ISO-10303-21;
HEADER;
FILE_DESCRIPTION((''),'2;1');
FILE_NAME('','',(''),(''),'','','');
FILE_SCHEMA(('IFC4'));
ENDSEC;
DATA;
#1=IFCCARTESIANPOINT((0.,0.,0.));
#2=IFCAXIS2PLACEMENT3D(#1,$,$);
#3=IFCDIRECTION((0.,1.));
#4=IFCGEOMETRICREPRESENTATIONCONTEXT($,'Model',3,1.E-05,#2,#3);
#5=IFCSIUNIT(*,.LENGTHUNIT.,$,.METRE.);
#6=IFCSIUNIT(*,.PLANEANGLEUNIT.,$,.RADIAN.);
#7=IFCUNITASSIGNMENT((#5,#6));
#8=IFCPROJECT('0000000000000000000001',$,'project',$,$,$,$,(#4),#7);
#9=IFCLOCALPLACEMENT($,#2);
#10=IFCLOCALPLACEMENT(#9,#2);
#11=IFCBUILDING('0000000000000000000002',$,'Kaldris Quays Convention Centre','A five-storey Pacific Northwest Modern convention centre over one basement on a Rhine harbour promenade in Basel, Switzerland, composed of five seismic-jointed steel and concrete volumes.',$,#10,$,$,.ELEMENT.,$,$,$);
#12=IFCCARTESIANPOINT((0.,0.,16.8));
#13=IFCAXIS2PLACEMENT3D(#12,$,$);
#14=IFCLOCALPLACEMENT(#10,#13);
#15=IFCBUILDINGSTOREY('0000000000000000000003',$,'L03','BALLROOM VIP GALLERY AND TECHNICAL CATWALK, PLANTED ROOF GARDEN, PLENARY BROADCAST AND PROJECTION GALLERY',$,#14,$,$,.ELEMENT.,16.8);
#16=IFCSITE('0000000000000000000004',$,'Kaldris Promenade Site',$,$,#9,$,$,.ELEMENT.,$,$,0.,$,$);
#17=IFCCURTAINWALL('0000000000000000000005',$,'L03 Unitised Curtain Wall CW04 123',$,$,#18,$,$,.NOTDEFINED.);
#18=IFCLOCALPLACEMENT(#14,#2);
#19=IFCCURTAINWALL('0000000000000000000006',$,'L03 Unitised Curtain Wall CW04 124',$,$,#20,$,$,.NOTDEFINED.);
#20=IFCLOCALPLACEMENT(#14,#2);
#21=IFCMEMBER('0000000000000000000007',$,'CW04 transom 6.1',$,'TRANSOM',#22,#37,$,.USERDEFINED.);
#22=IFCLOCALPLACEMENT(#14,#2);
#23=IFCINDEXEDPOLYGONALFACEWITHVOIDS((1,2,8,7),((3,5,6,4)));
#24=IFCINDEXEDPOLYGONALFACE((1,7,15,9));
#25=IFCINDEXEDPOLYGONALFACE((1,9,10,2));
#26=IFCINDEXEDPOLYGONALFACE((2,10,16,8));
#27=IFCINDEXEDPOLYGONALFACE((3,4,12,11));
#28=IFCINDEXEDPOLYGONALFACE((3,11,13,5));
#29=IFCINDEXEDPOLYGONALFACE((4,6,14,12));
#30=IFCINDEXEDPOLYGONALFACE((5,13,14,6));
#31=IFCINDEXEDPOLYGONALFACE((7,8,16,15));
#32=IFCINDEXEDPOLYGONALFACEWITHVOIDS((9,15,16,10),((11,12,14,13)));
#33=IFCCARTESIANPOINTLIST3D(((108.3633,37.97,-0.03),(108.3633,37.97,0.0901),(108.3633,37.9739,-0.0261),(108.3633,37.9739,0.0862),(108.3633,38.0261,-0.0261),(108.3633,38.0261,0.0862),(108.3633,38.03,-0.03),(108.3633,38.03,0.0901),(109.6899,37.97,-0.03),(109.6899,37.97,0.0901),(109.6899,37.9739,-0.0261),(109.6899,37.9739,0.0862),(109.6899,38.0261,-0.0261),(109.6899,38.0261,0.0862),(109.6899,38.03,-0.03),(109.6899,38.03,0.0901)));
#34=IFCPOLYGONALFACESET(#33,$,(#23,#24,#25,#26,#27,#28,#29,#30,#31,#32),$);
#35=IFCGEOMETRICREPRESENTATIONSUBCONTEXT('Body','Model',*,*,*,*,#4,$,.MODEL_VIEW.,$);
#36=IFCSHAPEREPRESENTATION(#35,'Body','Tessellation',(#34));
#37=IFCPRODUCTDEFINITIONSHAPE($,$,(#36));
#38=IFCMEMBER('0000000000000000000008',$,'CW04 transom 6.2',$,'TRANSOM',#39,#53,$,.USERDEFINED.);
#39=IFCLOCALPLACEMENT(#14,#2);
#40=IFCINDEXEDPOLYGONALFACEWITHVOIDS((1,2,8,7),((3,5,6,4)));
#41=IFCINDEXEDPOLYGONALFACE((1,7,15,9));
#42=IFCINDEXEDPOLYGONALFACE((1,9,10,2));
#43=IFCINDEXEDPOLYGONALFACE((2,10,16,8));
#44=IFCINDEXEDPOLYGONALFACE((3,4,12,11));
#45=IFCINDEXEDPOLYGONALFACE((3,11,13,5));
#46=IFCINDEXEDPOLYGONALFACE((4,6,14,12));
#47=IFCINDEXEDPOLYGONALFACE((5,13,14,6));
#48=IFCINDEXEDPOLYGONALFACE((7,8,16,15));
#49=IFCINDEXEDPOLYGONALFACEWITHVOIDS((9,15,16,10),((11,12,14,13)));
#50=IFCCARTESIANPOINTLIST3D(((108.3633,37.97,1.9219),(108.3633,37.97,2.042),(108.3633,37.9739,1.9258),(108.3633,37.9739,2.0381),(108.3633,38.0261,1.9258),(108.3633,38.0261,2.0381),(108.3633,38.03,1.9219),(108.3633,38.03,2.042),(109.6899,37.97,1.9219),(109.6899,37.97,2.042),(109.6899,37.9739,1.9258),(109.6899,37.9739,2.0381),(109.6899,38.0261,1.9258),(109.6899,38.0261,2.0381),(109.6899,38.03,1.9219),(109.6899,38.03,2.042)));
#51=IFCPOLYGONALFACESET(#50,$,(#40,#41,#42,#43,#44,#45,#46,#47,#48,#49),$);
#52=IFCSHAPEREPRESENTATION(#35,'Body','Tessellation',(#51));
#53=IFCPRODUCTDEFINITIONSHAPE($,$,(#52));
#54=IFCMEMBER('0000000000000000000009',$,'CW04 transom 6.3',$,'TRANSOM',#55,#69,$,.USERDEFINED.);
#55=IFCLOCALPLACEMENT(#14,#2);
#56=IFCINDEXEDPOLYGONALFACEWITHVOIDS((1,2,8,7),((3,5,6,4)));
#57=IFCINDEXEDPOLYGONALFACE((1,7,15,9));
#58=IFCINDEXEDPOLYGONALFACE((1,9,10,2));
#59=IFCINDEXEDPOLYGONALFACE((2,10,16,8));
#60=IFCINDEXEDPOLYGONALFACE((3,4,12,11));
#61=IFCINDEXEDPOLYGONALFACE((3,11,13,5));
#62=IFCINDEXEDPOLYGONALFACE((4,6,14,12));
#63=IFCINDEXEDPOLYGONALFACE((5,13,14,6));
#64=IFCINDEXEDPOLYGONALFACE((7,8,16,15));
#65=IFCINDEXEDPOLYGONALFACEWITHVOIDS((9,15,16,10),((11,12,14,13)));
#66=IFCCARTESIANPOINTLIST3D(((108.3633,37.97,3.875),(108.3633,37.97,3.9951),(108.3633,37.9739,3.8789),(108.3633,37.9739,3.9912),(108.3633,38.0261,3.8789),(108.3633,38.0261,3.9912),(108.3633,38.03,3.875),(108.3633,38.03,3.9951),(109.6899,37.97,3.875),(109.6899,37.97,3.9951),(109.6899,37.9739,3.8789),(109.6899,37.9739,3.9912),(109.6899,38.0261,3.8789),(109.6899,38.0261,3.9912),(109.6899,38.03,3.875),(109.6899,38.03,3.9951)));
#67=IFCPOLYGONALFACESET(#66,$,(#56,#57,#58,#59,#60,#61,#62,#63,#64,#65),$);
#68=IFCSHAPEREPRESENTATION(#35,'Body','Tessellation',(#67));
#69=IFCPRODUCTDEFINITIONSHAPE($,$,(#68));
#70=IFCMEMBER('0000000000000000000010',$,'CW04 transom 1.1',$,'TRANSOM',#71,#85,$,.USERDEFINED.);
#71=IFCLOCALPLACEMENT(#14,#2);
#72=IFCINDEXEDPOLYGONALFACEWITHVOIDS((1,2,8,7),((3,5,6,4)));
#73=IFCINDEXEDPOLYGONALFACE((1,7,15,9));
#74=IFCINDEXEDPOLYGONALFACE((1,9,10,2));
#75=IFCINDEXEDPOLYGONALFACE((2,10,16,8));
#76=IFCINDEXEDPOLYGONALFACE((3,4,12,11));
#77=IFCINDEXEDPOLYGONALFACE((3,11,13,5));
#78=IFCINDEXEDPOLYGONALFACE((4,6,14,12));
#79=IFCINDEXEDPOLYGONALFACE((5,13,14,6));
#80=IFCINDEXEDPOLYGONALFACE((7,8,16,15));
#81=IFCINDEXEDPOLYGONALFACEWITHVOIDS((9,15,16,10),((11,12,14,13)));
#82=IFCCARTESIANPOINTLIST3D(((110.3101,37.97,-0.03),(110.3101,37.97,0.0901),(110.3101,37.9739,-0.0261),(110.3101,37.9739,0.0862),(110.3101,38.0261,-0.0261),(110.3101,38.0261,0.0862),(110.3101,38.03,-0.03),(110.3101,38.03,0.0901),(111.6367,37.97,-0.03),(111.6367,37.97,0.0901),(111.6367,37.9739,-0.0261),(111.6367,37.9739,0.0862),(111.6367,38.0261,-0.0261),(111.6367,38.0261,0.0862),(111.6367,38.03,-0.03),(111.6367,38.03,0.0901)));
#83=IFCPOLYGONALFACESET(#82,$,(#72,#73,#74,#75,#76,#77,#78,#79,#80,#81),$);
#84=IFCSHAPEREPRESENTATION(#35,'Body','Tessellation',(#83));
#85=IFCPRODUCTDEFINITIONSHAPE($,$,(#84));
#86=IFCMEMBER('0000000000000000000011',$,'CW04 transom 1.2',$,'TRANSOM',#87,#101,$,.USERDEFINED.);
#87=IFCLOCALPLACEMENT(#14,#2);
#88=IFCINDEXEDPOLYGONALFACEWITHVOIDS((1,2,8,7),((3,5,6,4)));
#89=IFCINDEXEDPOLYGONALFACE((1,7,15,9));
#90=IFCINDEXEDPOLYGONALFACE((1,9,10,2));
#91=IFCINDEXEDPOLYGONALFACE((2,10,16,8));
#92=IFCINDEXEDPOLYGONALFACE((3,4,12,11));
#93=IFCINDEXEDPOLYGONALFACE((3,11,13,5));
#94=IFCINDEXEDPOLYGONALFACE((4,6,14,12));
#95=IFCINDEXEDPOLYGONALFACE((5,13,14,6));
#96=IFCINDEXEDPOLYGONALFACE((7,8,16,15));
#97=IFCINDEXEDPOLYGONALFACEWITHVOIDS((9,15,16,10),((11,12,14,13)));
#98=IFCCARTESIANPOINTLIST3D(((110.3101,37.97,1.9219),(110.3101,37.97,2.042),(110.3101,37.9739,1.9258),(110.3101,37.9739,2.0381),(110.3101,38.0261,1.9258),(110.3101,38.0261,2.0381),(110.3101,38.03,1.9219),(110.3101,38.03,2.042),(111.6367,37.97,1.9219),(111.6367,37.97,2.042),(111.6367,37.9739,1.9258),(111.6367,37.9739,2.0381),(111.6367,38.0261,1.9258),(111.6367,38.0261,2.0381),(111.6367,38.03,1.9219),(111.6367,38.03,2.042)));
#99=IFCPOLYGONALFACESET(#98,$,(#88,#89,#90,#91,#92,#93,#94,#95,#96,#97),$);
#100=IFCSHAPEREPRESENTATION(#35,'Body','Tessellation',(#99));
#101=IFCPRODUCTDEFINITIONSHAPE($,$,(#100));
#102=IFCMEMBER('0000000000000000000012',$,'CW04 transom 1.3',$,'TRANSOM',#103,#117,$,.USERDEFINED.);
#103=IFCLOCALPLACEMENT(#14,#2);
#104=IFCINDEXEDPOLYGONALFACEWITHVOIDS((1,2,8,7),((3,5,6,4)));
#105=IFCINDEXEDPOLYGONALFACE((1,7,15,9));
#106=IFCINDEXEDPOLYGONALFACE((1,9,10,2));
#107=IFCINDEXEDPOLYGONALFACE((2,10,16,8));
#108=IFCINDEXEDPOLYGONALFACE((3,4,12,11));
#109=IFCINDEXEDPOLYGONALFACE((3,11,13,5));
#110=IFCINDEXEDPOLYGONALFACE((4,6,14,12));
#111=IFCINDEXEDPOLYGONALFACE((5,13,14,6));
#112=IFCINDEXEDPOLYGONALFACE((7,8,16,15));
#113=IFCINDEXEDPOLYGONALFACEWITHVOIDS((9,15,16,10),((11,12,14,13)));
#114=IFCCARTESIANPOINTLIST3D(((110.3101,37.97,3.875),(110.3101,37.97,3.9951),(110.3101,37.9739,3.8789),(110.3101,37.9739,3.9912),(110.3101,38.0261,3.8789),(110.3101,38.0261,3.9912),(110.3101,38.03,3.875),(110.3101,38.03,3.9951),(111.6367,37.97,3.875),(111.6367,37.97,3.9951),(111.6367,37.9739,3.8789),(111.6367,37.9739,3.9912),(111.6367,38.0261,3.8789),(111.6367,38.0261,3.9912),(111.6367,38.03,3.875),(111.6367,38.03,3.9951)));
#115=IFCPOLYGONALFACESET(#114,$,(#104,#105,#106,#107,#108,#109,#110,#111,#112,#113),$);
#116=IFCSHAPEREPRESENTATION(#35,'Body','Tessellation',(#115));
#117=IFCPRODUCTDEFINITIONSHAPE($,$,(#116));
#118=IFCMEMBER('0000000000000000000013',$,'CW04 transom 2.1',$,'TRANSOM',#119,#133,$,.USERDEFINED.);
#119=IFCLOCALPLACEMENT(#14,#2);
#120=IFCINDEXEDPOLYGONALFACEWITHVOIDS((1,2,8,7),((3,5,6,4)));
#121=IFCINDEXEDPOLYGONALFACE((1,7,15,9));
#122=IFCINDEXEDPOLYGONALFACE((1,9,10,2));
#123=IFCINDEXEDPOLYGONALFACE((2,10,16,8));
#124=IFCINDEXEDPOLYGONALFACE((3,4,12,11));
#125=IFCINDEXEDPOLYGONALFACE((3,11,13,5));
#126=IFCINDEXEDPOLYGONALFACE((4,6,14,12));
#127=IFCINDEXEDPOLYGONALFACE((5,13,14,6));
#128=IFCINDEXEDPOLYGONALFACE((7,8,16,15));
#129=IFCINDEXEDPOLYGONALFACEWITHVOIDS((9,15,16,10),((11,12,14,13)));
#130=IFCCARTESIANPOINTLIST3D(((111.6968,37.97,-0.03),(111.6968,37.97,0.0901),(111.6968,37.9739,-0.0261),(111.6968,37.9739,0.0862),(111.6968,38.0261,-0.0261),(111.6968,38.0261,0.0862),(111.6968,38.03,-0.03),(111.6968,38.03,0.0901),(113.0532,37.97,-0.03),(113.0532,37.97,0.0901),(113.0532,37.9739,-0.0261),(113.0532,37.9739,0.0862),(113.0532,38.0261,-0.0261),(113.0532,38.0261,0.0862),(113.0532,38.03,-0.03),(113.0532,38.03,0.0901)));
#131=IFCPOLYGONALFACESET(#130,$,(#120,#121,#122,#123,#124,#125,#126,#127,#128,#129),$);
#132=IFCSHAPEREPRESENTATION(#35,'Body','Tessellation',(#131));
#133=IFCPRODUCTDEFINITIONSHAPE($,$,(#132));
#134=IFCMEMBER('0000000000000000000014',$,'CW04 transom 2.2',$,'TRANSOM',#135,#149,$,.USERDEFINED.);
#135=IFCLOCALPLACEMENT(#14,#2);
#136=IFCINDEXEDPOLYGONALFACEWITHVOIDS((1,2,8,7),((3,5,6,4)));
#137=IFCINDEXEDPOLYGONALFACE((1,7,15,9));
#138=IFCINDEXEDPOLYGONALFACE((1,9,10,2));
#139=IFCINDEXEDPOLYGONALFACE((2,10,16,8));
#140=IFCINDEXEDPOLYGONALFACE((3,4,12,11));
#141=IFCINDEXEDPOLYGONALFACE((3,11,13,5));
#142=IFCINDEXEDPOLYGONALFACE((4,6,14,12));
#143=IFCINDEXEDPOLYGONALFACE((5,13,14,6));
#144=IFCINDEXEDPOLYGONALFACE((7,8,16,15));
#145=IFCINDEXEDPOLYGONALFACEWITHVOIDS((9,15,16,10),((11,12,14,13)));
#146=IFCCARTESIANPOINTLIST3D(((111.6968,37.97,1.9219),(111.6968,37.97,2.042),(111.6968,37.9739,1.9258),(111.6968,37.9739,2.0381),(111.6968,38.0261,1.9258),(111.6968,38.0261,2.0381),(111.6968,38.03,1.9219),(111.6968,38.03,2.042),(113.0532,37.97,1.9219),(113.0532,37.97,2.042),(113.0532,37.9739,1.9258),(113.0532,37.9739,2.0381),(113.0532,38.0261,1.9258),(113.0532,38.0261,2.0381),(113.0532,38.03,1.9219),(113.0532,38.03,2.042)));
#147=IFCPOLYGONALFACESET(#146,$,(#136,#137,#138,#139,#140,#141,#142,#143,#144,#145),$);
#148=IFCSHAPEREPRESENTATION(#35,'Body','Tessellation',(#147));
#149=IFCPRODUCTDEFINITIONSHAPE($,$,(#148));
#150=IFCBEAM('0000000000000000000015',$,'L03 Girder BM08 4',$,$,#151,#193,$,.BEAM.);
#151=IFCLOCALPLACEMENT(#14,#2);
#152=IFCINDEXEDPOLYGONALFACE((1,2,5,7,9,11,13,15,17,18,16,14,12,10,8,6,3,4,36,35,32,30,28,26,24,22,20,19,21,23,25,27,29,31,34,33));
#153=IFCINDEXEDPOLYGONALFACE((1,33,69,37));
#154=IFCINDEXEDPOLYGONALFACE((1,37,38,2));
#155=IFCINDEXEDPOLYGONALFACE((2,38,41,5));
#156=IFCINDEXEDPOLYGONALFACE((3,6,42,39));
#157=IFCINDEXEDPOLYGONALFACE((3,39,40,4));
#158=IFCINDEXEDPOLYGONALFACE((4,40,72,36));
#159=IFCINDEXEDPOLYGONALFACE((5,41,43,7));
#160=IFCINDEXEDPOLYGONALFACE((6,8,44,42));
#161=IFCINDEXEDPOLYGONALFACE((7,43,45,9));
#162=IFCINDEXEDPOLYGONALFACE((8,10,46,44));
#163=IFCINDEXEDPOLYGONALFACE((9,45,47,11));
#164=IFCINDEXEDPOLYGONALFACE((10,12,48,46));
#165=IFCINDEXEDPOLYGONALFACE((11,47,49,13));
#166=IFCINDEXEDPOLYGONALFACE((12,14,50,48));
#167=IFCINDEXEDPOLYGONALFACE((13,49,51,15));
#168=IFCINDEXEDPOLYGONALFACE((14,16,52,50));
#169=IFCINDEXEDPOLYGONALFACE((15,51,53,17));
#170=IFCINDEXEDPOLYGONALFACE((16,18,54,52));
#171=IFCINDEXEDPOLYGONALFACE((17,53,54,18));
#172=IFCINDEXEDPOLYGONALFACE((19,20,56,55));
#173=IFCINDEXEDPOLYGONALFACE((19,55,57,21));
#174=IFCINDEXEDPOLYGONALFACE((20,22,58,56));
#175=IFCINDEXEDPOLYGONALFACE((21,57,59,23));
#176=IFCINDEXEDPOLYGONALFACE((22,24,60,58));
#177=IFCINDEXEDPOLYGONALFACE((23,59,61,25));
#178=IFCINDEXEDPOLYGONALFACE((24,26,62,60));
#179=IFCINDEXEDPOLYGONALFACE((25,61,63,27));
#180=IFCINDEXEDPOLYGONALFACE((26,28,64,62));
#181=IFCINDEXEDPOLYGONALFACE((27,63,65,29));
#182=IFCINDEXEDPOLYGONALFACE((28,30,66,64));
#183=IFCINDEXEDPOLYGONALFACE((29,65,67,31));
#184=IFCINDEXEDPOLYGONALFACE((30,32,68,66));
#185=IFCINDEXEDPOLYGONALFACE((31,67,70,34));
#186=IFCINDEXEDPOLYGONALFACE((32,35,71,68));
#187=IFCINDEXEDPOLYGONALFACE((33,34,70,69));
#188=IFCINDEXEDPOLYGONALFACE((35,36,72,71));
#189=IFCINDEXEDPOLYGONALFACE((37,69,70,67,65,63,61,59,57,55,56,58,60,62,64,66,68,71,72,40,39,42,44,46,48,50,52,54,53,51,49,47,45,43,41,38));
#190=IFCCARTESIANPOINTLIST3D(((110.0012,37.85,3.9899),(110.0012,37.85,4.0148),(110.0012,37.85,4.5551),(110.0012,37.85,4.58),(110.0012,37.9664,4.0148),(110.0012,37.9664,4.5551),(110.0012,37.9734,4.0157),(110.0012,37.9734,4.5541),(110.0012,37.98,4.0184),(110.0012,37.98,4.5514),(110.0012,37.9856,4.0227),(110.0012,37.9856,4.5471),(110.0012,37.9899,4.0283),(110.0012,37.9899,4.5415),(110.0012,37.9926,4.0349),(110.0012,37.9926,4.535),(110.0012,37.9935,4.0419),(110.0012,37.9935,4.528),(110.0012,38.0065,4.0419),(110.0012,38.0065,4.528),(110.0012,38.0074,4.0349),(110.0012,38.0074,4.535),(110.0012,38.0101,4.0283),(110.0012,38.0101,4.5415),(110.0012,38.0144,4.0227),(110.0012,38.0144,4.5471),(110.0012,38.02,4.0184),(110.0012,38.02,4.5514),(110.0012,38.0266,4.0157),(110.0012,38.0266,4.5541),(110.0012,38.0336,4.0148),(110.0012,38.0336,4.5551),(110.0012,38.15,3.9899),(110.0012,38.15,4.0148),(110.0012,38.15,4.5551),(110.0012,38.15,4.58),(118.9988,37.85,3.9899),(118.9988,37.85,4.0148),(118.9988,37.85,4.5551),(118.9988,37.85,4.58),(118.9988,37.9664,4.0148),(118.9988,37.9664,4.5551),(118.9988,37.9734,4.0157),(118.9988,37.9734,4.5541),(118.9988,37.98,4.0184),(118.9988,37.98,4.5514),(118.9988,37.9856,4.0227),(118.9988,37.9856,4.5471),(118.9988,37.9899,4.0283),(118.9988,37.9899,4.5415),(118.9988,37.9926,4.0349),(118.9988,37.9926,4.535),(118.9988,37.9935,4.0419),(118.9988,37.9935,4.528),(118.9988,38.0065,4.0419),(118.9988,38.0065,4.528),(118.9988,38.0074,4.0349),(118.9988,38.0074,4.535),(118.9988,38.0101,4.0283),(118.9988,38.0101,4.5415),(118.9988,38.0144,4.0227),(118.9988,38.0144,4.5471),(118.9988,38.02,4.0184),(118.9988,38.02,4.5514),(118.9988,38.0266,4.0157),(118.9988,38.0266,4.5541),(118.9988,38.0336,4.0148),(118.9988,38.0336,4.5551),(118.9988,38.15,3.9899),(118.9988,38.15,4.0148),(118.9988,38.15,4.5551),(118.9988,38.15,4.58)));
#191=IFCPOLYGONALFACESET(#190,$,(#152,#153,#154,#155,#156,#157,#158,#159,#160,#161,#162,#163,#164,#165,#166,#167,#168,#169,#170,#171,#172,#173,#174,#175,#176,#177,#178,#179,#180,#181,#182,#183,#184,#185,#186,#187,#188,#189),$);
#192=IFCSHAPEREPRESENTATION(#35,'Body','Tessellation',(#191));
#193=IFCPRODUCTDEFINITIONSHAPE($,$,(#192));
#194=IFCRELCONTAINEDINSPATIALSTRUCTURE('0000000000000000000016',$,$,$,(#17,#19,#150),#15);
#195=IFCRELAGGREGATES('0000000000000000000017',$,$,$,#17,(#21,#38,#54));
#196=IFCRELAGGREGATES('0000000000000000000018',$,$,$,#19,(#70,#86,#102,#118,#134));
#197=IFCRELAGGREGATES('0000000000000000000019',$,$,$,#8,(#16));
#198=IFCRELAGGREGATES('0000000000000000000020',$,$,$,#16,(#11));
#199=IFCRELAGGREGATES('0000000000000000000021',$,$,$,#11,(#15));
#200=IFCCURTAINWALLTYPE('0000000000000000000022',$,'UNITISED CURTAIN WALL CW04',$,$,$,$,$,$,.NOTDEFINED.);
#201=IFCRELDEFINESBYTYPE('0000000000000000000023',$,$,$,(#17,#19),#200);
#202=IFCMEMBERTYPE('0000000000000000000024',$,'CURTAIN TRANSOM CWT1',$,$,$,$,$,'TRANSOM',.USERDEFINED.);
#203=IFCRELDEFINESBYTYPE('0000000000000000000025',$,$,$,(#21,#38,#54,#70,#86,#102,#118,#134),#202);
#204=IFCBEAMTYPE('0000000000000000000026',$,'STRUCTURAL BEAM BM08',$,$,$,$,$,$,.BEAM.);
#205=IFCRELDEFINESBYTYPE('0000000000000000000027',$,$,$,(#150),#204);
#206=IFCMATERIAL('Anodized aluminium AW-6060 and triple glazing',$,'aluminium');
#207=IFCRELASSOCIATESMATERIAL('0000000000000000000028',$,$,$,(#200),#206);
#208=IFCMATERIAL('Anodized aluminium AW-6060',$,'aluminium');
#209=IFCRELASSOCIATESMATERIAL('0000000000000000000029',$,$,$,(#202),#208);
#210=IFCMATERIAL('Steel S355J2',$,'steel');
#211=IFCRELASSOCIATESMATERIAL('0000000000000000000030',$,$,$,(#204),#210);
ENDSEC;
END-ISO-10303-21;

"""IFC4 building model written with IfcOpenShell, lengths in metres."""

from ifc_helpers import new_model, si_unit, direction, frame, origin, origin_2d, place, context, subcontext, project, spatial, hollow_rectangle, i_section, extrude, material, material_profile, profile_set, type_object, element, aggregate, save


model = new_model("IFC4")

# Units and contexts
model_context = context("Model", 3, precision=1e-05, world=origin(), true_north=direction((0.0, 1.0)))
body_context = subcontext(model_context, "Body", "Model", "MODEL_VIEW")
ifc_project = project(units=[si_unit("LENGTHUNIT", "METRE"), si_unit("PLANEANGLEUNIT", "RADIAN")], contexts=[model_context])

# Site, building, storey
site_placement = place(None, origin())
site = spatial("IfcSite", under=ifc_project, at=site_placement, Name="Kaldris Promenade Site", CompositionType="ELEMENT", RefElevation=0.0)
building_placement = place(site_placement, origin())
building = spatial("IfcBuilding", under=site, at=building_placement, Name="Kaldris Quays Convention Centre", Description="A five-storey Pacific Northwest Modern convention centre over one basement on a Rhine harbour promenade in Basel, Switzerland, composed of five seismic-jointed steel and concrete volumes.", CompositionType="ELEMENT")
storey_placement = place(building_placement, frame((0.0, 0.0, 16.8)))
storey = spatial("IfcBuildingStorey", under=building, at=storey_placement, Name="L03", Description="BALLROOM VIP GALLERY AND TECHNICAL CATWALK, PLANTED ROOF GARDEN, PLENARY BROADCAST AND PROJECTION GALLERY", CompositionType="ELEMENT", Elevation=16.8)

# Shared definitions
ifc_material_1 = material(Name="Steel S355J2", Category="steel")

# Curtain walls
ifc_material_2 = material(Name="Anodized aluminium AW-6060 and triple glazing", Category="aluminium")
curtain_wall_type = type_object("IfcCurtainWallType", Name="UNITISED CURTAIN WALL CW04", PredefinedType="NOTDEFINED", material=ifc_material_2)
curtain_wall_1_placement = place(storey_placement, origin())
curtain_wall_1 = element("IfcCurtainWall", 1, at=curtain_wall_1_placement, inside=storey, type_object=curtain_wall_type, Name="L03 Unitised Curtain Wall CW04 123", PredefinedType="NOTDEFINED")
ifc_material_3 = material(Name="Anodized aluminium AW-6060", Category="aluminium")
curtain_wall_2_placement = place(storey_placement, origin())
curtain_wall_2 = element("IfcCurtainWall", 2, at=curtain_wall_2_placement, inside=storey, type_object=curtain_wall_type, Name="L03 Unitised Curtain Wall CW04 124", PredefinedType="NOTDEFINED")

# Members
ifc_material_profile_1 = material_profile(ifc_material_3, hollow_rectangle(XDim=0.0601, YDim=0.1201, WallThickness=0.0039, at=origin_2d()), Name="RHS 120x60x4")
ifc_profile_set_1 = profile_set([ifc_material_profile_1], Name="Anodized aluminium AW-6060")
member_type_1 = type_object("IfcMemberType", Name="CURTAIN TRANSOM CWT1", ElementType="TRANSOM", PredefinedType="USERDEFINED", material=ifc_profile_set_1)
member_1_placement = place(storey_placement, frame((108.3633, 38.0, 0.03), z_axis=(1.0, 0.0, 0.0), x_axis=(0.0, 1.0, 0.0)))
member_1 = element("IfcMember", 3, at=member_1_placement, type_object=member_type_1, Name="CW04 transom 6.1", ObjectType="TRANSOM", PredefinedType="USERDEFINED", context=body_context, shape_type="SweptSolid", body=[
    extrude(hollow_rectangle(XDim=0.0601, YDim=0.1201, WallThickness=0.0039, at=origin_2d()), origin(), (0.0, 0.0, 1.0), 1.3267),
])
member_2_placement = place(storey_placement, frame((108.3633, 38.0, 1.9819), z_axis=(1.0, 0.0, 0.0), x_axis=(0.0, 1.0, 0.0)))
member_2 = element("IfcMember", 4, at=member_2_placement, type_object=member_type_1, Name="CW04 transom 6.2", ObjectType="TRANSOM", PredefinedType="USERDEFINED", context=body_context, shape_type="SweptSolid", body=[
    extrude(hollow_rectangle(XDim=0.0601, YDim=0.1201, WallThickness=0.0039, at=origin_2d()), origin(), (0.0, 0.0, 1.0), 1.3267),
])
member_3_placement = place(storey_placement, frame((108.3633, 38.0, 3.9351), z_axis=(1.0, 0.0, 0.0), x_axis=(0.0, 1.0, 0.0)))
member_3 = element("IfcMember", 5, at=member_3_placement, type_object=member_type_1, Name="CW04 transom 6.3", ObjectType="TRANSOM", PredefinedType="USERDEFINED", context=body_context, shape_type="SweptSolid", body=[
    extrude(hollow_rectangle(XDim=0.0601, YDim=0.1201, WallThickness=0.0039, at=origin_2d()), origin(), (0.0, 0.0, 1.0), 1.3267),
])
member_4_placement = place(storey_placement, frame((110.3101, 38.0, 0.03), z_axis=(1.0, 0.0, 0.0), x_axis=(0.0, 1.0, 0.0)))
member_4 = element("IfcMember", 6, at=member_4_placement, type_object=member_type_1, Name="CW04 transom 1.1", ObjectType="TRANSOM", PredefinedType="USERDEFINED", context=body_context, shape_type="SweptSolid", body=[
    extrude(hollow_rectangle(XDim=0.0601, YDim=0.1201, WallThickness=0.0039, at=origin_2d()), origin(), (0.0, 0.0, 1.0), 1.3267),
])
member_5_placement = place(storey_placement, frame((110.3101, 38.0, 1.9819), z_axis=(1.0, 0.0, 0.0), x_axis=(0.0, 1.0, 0.0)))
member_5 = element("IfcMember", 7, at=member_5_placement, type_object=member_type_1, Name="CW04 transom 1.2", ObjectType="TRANSOM", PredefinedType="USERDEFINED", context=body_context, shape_type="SweptSolid", body=[
    extrude(hollow_rectangle(XDim=0.0601, YDim=0.1201, WallThickness=0.0039, at=origin_2d()), origin(), (0.0, 0.0, 1.0), 1.3267),
])
member_6_placement = place(storey_placement, frame((110.3101, 38.0, 3.9351), z_axis=(1.0, 0.0, 0.0), x_axis=(0.0, 1.0, 0.0)))
member_6 = element("IfcMember", 8, at=member_6_placement, type_object=member_type_1, Name="CW04 transom 1.3", ObjectType="TRANSOM", PredefinedType="USERDEFINED", context=body_context, shape_type="SweptSolid", body=[
    extrude(hollow_rectangle(XDim=0.0601, YDim=0.1201, WallThickness=0.0039, at=origin_2d()), origin(), (0.0, 0.0, 1.0), 1.3267),
])
member_7_placement = place(storey_placement, frame((111.6968, 38.0, 0.03), z_axis=(1.0, 0.0, 0.0), x_axis=(0.0, 1.0, 0.0)))
member_7 = element("IfcMember", 9, at=member_7_placement, type_object=member_type_1, Name="CW04 transom 2.1", ObjectType="TRANSOM", PredefinedType="USERDEFINED", context=body_context, shape_type="SweptSolid", body=[
    extrude(hollow_rectangle(XDim=0.0601, YDim=0.1201, WallThickness=0.0039, at=origin_2d()), origin(), (0.0, 0.0, 1.0), 1.3564),
])
member_8_placement = place(storey_placement, frame((111.6968, 38.0, 1.9819), z_axis=(1.0, 0.0, 0.0), x_axis=(0.0, 1.0, 0.0)))
member_8 = element("IfcMember", 10, at=member_8_placement, type_object=member_type_1, Name="CW04 transom 2.2", ObjectType="TRANSOM", PredefinedType="USERDEFINED", context=body_context, shape_type="SweptSolid", body=[
    extrude(hollow_rectangle(XDim=0.0601, YDim=0.1201, WallThickness=0.0039, at=origin_2d()), origin(), (0.0, 0.0, 1.0), 1.3564),
])

# Beam
ifc_material_profile_2 = material_profile(ifc_material_1, i_section(OverallWidth=0.3, OverallDepth=0.5901, WebThickness=0.0129, FlangeThickness=0.0249, FilletRadius=0.0271, at=origin_2d()), Name="HEA 600")
ifc_profile_set_2 = profile_set([ifc_material_profile_2], Name="Steel S355J2")
beam_type = type_object("IfcBeamType", Name="STRUCTURAL BEAM BM08", PredefinedType="BEAM", material=ifc_profile_set_2)
beam_placement = place(storey_placement, frame((110.0012, 38.0, 4.2849), z_axis=(1.0, 0.0, 0.0), x_axis=(0.0, 1.0, 0.0)))
element("IfcBeam", 11, at=beam_placement, inside=storey, type_object=beam_type, Name="L03 Girder BM08 4", PredefinedType="BEAM", context=body_context, shape_type="SweptSolid", body=[
    extrude(i_section(OverallWidth=0.3, OverallDepth=0.5901, WebThickness=0.0129, FlangeThickness=0.0249, FilletRadius=0.0271, at=origin_2d()), origin(), (0.0, 0.0, 1.0), 8.9976),
])

aggregate(curtain_wall_1, [member_1, member_2, member_3])
aggregate(curtain_wall_2, [member_4, member_5, member_6, member_7, member_8])

save(model, "model.ifc")
